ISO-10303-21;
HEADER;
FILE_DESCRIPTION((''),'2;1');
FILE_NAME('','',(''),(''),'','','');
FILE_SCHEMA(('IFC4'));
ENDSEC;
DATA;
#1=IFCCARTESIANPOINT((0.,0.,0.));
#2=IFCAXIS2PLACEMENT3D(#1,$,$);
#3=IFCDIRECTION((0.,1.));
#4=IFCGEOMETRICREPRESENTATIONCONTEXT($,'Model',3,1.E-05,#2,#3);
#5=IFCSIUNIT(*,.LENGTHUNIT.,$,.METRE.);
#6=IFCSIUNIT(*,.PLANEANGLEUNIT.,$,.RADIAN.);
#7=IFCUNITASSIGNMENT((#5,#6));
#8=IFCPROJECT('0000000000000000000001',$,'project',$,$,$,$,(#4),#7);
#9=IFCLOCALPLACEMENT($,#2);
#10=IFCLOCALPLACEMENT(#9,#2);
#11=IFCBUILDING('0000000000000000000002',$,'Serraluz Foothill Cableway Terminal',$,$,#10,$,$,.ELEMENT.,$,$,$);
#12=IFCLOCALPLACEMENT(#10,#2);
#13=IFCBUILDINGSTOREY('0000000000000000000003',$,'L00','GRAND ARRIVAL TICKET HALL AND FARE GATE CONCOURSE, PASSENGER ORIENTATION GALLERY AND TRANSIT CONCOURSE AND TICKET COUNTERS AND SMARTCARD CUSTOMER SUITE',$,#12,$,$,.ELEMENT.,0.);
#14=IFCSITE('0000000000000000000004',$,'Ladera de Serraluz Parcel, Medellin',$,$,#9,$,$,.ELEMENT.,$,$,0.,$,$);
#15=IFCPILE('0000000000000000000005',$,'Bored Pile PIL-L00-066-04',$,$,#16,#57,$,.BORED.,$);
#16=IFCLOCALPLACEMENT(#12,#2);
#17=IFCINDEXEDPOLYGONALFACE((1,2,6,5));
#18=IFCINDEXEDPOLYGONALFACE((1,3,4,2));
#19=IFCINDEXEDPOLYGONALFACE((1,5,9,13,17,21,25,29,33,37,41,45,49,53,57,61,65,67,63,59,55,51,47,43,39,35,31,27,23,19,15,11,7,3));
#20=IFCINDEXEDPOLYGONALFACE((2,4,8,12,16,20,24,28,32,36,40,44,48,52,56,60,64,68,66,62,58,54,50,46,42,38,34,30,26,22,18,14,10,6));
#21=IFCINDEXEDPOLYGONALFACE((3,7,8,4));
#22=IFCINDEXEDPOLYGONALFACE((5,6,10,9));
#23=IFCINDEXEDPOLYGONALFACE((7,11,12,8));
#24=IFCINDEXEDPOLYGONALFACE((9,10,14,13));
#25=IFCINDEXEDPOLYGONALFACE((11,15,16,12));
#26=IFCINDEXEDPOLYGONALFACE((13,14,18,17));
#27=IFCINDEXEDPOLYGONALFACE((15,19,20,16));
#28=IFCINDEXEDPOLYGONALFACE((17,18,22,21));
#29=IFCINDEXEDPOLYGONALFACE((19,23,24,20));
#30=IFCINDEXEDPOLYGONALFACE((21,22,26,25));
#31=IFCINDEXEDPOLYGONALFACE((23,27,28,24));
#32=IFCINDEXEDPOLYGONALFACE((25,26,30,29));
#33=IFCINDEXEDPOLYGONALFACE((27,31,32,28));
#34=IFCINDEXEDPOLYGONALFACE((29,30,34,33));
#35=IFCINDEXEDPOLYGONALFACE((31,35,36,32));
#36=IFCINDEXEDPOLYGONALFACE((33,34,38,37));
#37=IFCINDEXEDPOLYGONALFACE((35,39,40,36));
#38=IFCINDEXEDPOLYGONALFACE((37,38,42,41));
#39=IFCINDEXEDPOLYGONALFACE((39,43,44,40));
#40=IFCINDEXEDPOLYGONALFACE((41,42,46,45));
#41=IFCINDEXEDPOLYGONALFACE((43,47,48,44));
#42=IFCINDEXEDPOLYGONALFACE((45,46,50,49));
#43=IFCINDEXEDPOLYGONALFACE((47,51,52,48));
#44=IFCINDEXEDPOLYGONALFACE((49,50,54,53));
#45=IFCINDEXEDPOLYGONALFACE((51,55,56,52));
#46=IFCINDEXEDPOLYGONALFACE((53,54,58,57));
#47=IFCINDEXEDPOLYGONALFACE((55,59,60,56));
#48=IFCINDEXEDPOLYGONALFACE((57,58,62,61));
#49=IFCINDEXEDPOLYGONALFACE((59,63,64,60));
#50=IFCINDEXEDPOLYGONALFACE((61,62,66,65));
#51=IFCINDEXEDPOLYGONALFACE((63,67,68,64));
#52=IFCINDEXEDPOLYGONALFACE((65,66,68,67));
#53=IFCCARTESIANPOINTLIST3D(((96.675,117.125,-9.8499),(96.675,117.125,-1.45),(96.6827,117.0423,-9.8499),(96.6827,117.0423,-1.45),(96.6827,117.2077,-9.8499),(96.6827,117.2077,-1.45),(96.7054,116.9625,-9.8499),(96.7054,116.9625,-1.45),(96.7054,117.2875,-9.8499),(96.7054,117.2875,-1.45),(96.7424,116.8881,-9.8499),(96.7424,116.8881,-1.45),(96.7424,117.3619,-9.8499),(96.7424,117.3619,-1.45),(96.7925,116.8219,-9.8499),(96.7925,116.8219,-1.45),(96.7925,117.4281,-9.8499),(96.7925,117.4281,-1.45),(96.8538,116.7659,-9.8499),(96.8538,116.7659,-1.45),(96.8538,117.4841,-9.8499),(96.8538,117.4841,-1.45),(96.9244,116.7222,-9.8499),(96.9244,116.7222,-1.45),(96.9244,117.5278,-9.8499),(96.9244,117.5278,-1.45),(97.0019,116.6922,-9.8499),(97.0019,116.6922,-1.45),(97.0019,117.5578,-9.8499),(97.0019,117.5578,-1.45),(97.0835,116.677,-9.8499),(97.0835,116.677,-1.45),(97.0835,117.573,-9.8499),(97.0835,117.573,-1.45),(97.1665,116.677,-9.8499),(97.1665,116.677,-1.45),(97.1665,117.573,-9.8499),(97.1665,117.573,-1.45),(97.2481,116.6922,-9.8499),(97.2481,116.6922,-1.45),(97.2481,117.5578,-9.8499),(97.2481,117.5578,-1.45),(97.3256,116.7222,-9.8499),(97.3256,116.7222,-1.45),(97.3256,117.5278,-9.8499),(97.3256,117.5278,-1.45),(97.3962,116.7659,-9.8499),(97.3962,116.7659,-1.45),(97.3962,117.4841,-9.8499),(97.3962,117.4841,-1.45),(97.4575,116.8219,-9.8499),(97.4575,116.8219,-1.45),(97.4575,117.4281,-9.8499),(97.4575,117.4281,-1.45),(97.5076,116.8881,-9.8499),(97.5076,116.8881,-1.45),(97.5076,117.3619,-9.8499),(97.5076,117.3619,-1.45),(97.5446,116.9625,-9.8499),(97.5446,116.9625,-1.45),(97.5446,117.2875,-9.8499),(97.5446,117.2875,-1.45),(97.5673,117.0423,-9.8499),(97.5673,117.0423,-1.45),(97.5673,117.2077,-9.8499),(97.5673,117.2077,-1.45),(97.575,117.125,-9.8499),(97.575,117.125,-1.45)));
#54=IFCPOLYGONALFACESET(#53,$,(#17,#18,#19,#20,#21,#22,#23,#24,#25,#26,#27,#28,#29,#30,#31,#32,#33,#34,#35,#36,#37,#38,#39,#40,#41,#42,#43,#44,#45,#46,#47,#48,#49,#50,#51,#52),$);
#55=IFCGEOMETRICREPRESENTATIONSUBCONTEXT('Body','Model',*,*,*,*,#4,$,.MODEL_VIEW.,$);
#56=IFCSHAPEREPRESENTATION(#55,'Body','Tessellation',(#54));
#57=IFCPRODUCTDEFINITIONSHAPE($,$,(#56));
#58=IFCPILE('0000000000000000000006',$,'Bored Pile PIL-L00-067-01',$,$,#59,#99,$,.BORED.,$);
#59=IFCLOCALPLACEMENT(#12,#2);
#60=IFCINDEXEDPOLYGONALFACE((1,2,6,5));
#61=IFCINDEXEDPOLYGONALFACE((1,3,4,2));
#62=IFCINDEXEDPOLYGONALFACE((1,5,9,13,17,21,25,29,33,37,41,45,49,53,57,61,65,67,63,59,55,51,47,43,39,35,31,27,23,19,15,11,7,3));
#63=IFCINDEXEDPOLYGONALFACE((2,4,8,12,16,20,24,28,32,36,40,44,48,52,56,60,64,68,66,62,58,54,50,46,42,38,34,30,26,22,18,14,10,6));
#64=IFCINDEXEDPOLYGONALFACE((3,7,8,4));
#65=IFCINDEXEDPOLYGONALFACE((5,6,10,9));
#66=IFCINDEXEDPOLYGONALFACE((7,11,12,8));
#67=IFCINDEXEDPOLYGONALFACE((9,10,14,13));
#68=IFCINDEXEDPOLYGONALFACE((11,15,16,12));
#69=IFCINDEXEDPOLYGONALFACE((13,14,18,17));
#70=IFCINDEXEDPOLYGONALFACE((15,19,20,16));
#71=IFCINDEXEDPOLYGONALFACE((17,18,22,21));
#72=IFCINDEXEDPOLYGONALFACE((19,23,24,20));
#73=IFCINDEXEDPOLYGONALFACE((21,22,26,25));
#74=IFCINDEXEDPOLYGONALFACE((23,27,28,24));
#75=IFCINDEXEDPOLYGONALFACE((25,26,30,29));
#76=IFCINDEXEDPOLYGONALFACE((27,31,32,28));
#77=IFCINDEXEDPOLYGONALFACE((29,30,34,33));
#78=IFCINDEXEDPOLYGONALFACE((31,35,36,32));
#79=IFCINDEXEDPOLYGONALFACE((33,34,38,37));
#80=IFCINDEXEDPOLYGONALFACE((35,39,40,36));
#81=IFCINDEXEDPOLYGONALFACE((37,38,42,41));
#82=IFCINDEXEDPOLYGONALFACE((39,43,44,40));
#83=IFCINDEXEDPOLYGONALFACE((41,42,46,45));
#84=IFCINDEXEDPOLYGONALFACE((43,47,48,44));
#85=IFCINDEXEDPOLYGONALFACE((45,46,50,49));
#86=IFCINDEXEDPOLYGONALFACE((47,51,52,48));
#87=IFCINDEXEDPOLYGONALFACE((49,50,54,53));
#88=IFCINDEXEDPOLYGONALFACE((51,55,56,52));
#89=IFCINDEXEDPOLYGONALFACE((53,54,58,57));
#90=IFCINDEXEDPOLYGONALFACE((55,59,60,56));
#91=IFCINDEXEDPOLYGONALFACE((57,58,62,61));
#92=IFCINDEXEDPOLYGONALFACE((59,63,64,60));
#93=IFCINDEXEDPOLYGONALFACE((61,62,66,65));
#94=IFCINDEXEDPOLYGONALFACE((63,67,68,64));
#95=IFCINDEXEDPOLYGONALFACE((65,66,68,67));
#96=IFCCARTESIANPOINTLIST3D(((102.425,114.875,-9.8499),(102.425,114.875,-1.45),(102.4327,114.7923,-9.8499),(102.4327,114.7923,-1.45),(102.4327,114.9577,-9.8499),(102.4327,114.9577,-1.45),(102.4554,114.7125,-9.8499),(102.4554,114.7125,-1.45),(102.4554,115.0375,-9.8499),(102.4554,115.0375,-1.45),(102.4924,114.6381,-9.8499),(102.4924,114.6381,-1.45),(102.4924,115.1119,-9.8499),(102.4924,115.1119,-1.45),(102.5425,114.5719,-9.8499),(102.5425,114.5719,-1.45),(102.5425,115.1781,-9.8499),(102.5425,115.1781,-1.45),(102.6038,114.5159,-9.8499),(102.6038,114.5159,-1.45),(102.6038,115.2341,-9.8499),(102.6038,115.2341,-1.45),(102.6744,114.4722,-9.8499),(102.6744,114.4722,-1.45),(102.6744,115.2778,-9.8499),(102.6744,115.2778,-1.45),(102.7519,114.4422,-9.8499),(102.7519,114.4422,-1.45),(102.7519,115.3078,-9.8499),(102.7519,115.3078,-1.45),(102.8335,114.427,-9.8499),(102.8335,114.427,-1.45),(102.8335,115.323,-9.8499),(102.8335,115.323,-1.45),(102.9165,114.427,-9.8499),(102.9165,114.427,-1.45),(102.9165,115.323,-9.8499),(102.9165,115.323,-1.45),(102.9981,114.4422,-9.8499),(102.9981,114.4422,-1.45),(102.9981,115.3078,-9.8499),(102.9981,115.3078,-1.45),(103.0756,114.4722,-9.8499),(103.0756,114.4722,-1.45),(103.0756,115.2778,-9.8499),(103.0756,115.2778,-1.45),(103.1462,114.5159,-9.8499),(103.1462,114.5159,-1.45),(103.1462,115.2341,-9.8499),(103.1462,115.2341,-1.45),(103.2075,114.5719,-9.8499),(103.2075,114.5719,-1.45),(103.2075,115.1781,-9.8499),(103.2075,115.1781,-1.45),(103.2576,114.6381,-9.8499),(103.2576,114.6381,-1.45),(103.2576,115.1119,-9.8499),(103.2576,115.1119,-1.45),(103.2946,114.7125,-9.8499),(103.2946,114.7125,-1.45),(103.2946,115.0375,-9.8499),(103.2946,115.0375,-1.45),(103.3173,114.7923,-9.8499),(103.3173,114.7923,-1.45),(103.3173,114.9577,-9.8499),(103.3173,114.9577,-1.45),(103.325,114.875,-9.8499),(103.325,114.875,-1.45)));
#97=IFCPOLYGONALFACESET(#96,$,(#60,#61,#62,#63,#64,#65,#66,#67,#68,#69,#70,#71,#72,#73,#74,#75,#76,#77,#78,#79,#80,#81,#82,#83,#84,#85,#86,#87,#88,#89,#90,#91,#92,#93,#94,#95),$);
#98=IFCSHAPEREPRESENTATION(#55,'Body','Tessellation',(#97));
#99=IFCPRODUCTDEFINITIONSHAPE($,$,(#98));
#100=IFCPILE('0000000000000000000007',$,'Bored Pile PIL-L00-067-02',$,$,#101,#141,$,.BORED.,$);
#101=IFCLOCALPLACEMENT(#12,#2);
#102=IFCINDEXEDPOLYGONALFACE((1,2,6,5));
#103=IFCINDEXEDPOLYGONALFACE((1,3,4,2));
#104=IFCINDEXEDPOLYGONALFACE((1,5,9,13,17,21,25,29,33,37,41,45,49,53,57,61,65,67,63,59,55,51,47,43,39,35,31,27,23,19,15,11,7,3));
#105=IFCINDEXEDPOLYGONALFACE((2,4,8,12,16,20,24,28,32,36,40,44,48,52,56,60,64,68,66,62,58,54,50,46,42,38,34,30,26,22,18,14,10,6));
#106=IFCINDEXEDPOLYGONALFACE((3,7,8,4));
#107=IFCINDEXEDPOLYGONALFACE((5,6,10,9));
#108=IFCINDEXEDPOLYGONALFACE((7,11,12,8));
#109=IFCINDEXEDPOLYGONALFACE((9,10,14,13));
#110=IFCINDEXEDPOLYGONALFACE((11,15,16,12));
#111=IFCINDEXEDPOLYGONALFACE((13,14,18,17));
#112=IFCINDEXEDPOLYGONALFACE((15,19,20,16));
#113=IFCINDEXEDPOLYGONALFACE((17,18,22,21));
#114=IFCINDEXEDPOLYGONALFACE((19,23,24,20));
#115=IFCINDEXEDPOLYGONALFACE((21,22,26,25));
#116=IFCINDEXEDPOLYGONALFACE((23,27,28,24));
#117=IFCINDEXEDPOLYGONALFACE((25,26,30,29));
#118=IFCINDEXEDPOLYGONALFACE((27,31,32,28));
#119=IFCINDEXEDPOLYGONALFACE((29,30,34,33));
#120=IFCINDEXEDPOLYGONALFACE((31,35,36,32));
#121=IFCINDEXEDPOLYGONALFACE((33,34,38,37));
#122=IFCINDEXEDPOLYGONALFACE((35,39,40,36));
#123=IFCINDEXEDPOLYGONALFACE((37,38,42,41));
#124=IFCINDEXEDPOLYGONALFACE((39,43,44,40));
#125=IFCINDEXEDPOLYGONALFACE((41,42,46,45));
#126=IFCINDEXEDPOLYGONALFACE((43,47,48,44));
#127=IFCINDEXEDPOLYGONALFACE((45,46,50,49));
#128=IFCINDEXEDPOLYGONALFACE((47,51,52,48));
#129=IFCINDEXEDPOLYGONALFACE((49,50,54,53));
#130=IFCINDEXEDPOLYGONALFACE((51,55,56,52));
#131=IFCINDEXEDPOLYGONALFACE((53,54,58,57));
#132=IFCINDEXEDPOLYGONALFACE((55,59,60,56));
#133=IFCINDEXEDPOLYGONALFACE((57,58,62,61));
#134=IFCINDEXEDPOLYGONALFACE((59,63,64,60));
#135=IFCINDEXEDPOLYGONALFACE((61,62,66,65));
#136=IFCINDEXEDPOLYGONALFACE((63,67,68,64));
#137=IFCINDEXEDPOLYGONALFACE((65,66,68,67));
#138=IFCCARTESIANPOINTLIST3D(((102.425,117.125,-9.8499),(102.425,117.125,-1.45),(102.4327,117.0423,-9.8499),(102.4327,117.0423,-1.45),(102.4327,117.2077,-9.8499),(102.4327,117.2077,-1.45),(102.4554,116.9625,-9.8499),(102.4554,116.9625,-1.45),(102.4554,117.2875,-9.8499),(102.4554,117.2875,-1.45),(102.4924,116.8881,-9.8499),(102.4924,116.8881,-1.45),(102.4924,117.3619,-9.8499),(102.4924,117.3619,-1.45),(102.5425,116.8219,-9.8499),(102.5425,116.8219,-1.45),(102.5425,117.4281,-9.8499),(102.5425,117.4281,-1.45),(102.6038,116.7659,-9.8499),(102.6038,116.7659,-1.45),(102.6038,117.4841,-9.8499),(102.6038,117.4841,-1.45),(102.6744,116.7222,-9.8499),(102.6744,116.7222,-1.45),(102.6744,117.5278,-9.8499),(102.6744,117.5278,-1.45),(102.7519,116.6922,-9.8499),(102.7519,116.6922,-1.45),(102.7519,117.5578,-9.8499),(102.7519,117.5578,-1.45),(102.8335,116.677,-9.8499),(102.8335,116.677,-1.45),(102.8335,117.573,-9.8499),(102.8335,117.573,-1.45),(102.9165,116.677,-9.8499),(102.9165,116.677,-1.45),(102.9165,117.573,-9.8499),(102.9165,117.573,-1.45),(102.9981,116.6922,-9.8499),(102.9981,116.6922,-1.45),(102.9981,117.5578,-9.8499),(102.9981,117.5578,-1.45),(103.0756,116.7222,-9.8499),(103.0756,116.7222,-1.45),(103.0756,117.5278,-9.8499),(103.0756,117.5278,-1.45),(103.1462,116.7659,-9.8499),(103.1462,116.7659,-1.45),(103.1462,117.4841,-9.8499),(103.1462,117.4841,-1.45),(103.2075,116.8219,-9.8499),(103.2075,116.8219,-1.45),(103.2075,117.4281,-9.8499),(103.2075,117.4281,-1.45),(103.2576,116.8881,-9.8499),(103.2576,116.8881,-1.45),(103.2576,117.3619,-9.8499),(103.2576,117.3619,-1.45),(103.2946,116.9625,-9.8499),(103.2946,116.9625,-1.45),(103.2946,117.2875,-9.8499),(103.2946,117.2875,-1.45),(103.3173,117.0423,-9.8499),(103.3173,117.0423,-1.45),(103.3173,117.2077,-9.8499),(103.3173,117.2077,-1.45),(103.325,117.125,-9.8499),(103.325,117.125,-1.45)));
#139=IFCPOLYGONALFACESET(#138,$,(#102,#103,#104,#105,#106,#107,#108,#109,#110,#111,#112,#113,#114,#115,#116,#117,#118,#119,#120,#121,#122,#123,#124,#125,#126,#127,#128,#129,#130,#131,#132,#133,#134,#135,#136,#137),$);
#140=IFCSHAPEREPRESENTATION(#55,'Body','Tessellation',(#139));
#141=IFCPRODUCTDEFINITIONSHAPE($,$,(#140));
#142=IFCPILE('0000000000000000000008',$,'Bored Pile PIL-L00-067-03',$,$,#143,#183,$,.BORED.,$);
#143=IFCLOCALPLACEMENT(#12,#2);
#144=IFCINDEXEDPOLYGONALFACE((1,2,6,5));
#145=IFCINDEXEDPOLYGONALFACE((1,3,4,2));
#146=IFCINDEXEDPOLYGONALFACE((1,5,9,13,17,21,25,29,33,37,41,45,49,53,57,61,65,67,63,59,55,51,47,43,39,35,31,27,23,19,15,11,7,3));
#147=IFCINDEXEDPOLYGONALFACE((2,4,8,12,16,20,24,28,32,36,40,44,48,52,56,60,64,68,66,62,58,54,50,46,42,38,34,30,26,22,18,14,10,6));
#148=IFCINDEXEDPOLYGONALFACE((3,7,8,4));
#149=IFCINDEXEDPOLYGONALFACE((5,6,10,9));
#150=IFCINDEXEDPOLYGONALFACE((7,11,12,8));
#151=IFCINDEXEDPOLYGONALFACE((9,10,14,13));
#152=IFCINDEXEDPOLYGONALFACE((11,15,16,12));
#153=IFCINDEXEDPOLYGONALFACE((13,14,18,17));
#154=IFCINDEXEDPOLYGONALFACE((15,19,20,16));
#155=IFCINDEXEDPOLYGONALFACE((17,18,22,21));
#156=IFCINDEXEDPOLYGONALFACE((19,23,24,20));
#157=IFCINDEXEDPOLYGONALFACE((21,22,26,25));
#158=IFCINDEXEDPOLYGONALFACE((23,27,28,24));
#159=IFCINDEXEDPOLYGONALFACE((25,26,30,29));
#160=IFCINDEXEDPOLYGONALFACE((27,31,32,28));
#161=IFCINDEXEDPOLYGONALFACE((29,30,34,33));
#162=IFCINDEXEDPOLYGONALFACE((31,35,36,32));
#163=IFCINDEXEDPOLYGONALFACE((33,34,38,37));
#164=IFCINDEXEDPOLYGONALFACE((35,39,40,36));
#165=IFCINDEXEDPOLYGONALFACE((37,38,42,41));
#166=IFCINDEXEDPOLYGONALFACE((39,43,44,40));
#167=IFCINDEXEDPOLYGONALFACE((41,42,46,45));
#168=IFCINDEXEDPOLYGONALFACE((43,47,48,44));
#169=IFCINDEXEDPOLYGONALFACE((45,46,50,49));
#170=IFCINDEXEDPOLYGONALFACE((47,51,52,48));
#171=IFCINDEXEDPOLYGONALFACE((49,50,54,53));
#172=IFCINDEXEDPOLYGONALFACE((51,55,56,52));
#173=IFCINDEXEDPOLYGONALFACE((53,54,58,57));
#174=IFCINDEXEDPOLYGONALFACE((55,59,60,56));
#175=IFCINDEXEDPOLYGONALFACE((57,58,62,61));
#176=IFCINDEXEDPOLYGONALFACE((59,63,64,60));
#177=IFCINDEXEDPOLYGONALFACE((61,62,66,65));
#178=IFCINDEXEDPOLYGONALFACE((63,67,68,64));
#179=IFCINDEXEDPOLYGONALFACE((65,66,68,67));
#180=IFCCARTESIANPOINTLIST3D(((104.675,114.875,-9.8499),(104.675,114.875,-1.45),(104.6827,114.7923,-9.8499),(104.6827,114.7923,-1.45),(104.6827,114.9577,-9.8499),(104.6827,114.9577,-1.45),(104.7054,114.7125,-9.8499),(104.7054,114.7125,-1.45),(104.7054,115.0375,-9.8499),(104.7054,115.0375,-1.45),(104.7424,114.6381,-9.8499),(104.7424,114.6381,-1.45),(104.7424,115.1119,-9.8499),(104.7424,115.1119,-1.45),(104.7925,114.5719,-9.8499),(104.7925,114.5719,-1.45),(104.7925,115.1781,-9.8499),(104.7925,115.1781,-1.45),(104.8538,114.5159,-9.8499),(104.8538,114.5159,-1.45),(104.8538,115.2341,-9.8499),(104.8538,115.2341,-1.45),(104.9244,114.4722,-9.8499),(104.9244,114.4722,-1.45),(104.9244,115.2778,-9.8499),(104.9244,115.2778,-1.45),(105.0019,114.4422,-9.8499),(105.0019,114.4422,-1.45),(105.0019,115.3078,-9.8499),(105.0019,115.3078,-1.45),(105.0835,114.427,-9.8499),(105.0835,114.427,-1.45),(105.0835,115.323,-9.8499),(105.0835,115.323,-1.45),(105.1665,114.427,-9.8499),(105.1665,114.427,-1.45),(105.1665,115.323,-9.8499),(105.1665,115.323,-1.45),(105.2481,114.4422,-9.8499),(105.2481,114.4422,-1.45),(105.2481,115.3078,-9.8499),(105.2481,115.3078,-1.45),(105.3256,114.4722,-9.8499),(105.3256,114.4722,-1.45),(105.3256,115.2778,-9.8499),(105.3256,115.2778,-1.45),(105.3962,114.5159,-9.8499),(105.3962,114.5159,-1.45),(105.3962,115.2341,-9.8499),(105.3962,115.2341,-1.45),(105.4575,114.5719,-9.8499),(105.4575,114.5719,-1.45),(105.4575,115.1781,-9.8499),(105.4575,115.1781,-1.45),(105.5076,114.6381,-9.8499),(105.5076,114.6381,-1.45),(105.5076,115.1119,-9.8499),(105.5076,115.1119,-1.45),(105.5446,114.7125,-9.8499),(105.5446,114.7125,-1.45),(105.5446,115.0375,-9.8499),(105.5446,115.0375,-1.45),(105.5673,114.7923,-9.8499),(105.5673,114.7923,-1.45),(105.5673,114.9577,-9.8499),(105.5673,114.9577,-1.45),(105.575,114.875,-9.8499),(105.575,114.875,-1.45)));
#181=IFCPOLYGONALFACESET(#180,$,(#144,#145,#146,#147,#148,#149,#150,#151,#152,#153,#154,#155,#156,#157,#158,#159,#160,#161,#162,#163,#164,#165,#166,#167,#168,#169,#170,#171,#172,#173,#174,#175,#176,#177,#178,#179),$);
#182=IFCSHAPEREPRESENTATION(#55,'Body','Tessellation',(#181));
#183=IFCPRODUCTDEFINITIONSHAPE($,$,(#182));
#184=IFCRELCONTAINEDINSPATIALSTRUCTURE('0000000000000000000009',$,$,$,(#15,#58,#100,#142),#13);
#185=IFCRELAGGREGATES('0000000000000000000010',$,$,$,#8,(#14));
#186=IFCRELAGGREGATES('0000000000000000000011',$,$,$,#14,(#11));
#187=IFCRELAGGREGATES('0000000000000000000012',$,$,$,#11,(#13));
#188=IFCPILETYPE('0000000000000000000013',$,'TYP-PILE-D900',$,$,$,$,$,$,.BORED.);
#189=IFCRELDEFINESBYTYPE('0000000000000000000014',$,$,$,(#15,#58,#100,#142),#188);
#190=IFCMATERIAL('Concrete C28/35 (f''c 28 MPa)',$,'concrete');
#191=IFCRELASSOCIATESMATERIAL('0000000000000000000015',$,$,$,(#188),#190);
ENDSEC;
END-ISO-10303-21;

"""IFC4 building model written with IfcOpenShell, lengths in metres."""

from ifc_helpers import new_model, si_unit, direction, frame, origin, origin_2d, place, context, subcontext, project, spatial, circle, extrude, material, material_profile, profile_set, type_object, element, save


model = new_model("IFC4")

# Units and contexts
model_context = context("Model", 3, precision=1e-05, world=origin(), true_north=direction((0.0, 1.0)))
body_context = subcontext(model_context, "Body", "Model", "MODEL_VIEW")
ifc_project = project(units=[si_unit("LENGTHUNIT", "METRE"), si_unit("PLANEANGLEUNIT", "RADIAN")], contexts=[model_context])

# Site, building, storey
site_placement = place(None, origin())
site = spatial("IfcSite", under=ifc_project, at=site_placement, Name="Ladera de Serraluz Parcel, Medellin", CompositionType="ELEMENT", RefElevation=0.0)
building_placement = place(site_placement, origin())
building = spatial("IfcBuilding", under=site, at=building_placement, Name="Serraluz Foothill Cableway Terminal", CompositionType="ELEMENT")
storey_placement = place(building_placement, origin())
storey = spatial("IfcBuildingStorey", under=building, at=storey_placement, Name="L00", Description="GRAND ARRIVAL TICKET HALL AND FARE GATE CONCOURSE, PASSENGER ORIENTATION GALLERY AND TRANSIT CONCOURSE AND TICKET COUNTERS AND SMARTCARD CUSTOMER SUITE", CompositionType="ELEMENT", Elevation=0.0)

# Piles
ifc_material_1 = material(Name="Concrete C28/35 (f'c 28 MPa)", Category="concrete")
ifc_material_profile_1 = material_profile(ifc_material_1, circle(Radius=0.45, at=origin_2d()), Name="BORED PILE D900")
ifc_profile_set_1 = profile_set([ifc_material_profile_1], Name="Concrete C28/35 (f'c 28 MPa)")
pile_type = type_object("IfcPileType", Name="TYP-PILE-D900", PredefinedType="BORED", material=ifc_profile_set_1)
for number, where, z_axis, x_axis, name in (
    (1, (97.125, 117.125, -1.45), (0.0, 0.0, -1.0), (1.0, 0.0, 0.0), "Bored Pile PIL-L00-066-04"),
    (2, (102.875, 114.875, -1.45), (0.0, 0.0, -1.0), (1.0, 0.0, 0.0), "Bored Pile PIL-L00-067-01"),
    (3, (102.875, 117.125, -1.45), (0.0, 0.0, -1.0), (1.0, 0.0, 0.0), "Bored Pile PIL-L00-067-02"),
    (4, (105.125, 114.875, -1.45), (0.0, 0.0, -1.0), (1.0, 0.0, 0.0), "Bored Pile PIL-L00-067-03"),
):
    element("IfcPile", number, at=place(storey_placement, frame(where, z_axis=z_axis, x_axis=x_axis)), inside=storey, type_object=pile_type, Name=name, PredefinedType="BORED", context=body_context, shape_type="SweptSolid", body=[
        extrude(circle(Radius=0.45, at=origin_2d()), origin(), (0.0, 0.0, 1.0), 8.3999),
    ])

save(model, "model.ifc")
